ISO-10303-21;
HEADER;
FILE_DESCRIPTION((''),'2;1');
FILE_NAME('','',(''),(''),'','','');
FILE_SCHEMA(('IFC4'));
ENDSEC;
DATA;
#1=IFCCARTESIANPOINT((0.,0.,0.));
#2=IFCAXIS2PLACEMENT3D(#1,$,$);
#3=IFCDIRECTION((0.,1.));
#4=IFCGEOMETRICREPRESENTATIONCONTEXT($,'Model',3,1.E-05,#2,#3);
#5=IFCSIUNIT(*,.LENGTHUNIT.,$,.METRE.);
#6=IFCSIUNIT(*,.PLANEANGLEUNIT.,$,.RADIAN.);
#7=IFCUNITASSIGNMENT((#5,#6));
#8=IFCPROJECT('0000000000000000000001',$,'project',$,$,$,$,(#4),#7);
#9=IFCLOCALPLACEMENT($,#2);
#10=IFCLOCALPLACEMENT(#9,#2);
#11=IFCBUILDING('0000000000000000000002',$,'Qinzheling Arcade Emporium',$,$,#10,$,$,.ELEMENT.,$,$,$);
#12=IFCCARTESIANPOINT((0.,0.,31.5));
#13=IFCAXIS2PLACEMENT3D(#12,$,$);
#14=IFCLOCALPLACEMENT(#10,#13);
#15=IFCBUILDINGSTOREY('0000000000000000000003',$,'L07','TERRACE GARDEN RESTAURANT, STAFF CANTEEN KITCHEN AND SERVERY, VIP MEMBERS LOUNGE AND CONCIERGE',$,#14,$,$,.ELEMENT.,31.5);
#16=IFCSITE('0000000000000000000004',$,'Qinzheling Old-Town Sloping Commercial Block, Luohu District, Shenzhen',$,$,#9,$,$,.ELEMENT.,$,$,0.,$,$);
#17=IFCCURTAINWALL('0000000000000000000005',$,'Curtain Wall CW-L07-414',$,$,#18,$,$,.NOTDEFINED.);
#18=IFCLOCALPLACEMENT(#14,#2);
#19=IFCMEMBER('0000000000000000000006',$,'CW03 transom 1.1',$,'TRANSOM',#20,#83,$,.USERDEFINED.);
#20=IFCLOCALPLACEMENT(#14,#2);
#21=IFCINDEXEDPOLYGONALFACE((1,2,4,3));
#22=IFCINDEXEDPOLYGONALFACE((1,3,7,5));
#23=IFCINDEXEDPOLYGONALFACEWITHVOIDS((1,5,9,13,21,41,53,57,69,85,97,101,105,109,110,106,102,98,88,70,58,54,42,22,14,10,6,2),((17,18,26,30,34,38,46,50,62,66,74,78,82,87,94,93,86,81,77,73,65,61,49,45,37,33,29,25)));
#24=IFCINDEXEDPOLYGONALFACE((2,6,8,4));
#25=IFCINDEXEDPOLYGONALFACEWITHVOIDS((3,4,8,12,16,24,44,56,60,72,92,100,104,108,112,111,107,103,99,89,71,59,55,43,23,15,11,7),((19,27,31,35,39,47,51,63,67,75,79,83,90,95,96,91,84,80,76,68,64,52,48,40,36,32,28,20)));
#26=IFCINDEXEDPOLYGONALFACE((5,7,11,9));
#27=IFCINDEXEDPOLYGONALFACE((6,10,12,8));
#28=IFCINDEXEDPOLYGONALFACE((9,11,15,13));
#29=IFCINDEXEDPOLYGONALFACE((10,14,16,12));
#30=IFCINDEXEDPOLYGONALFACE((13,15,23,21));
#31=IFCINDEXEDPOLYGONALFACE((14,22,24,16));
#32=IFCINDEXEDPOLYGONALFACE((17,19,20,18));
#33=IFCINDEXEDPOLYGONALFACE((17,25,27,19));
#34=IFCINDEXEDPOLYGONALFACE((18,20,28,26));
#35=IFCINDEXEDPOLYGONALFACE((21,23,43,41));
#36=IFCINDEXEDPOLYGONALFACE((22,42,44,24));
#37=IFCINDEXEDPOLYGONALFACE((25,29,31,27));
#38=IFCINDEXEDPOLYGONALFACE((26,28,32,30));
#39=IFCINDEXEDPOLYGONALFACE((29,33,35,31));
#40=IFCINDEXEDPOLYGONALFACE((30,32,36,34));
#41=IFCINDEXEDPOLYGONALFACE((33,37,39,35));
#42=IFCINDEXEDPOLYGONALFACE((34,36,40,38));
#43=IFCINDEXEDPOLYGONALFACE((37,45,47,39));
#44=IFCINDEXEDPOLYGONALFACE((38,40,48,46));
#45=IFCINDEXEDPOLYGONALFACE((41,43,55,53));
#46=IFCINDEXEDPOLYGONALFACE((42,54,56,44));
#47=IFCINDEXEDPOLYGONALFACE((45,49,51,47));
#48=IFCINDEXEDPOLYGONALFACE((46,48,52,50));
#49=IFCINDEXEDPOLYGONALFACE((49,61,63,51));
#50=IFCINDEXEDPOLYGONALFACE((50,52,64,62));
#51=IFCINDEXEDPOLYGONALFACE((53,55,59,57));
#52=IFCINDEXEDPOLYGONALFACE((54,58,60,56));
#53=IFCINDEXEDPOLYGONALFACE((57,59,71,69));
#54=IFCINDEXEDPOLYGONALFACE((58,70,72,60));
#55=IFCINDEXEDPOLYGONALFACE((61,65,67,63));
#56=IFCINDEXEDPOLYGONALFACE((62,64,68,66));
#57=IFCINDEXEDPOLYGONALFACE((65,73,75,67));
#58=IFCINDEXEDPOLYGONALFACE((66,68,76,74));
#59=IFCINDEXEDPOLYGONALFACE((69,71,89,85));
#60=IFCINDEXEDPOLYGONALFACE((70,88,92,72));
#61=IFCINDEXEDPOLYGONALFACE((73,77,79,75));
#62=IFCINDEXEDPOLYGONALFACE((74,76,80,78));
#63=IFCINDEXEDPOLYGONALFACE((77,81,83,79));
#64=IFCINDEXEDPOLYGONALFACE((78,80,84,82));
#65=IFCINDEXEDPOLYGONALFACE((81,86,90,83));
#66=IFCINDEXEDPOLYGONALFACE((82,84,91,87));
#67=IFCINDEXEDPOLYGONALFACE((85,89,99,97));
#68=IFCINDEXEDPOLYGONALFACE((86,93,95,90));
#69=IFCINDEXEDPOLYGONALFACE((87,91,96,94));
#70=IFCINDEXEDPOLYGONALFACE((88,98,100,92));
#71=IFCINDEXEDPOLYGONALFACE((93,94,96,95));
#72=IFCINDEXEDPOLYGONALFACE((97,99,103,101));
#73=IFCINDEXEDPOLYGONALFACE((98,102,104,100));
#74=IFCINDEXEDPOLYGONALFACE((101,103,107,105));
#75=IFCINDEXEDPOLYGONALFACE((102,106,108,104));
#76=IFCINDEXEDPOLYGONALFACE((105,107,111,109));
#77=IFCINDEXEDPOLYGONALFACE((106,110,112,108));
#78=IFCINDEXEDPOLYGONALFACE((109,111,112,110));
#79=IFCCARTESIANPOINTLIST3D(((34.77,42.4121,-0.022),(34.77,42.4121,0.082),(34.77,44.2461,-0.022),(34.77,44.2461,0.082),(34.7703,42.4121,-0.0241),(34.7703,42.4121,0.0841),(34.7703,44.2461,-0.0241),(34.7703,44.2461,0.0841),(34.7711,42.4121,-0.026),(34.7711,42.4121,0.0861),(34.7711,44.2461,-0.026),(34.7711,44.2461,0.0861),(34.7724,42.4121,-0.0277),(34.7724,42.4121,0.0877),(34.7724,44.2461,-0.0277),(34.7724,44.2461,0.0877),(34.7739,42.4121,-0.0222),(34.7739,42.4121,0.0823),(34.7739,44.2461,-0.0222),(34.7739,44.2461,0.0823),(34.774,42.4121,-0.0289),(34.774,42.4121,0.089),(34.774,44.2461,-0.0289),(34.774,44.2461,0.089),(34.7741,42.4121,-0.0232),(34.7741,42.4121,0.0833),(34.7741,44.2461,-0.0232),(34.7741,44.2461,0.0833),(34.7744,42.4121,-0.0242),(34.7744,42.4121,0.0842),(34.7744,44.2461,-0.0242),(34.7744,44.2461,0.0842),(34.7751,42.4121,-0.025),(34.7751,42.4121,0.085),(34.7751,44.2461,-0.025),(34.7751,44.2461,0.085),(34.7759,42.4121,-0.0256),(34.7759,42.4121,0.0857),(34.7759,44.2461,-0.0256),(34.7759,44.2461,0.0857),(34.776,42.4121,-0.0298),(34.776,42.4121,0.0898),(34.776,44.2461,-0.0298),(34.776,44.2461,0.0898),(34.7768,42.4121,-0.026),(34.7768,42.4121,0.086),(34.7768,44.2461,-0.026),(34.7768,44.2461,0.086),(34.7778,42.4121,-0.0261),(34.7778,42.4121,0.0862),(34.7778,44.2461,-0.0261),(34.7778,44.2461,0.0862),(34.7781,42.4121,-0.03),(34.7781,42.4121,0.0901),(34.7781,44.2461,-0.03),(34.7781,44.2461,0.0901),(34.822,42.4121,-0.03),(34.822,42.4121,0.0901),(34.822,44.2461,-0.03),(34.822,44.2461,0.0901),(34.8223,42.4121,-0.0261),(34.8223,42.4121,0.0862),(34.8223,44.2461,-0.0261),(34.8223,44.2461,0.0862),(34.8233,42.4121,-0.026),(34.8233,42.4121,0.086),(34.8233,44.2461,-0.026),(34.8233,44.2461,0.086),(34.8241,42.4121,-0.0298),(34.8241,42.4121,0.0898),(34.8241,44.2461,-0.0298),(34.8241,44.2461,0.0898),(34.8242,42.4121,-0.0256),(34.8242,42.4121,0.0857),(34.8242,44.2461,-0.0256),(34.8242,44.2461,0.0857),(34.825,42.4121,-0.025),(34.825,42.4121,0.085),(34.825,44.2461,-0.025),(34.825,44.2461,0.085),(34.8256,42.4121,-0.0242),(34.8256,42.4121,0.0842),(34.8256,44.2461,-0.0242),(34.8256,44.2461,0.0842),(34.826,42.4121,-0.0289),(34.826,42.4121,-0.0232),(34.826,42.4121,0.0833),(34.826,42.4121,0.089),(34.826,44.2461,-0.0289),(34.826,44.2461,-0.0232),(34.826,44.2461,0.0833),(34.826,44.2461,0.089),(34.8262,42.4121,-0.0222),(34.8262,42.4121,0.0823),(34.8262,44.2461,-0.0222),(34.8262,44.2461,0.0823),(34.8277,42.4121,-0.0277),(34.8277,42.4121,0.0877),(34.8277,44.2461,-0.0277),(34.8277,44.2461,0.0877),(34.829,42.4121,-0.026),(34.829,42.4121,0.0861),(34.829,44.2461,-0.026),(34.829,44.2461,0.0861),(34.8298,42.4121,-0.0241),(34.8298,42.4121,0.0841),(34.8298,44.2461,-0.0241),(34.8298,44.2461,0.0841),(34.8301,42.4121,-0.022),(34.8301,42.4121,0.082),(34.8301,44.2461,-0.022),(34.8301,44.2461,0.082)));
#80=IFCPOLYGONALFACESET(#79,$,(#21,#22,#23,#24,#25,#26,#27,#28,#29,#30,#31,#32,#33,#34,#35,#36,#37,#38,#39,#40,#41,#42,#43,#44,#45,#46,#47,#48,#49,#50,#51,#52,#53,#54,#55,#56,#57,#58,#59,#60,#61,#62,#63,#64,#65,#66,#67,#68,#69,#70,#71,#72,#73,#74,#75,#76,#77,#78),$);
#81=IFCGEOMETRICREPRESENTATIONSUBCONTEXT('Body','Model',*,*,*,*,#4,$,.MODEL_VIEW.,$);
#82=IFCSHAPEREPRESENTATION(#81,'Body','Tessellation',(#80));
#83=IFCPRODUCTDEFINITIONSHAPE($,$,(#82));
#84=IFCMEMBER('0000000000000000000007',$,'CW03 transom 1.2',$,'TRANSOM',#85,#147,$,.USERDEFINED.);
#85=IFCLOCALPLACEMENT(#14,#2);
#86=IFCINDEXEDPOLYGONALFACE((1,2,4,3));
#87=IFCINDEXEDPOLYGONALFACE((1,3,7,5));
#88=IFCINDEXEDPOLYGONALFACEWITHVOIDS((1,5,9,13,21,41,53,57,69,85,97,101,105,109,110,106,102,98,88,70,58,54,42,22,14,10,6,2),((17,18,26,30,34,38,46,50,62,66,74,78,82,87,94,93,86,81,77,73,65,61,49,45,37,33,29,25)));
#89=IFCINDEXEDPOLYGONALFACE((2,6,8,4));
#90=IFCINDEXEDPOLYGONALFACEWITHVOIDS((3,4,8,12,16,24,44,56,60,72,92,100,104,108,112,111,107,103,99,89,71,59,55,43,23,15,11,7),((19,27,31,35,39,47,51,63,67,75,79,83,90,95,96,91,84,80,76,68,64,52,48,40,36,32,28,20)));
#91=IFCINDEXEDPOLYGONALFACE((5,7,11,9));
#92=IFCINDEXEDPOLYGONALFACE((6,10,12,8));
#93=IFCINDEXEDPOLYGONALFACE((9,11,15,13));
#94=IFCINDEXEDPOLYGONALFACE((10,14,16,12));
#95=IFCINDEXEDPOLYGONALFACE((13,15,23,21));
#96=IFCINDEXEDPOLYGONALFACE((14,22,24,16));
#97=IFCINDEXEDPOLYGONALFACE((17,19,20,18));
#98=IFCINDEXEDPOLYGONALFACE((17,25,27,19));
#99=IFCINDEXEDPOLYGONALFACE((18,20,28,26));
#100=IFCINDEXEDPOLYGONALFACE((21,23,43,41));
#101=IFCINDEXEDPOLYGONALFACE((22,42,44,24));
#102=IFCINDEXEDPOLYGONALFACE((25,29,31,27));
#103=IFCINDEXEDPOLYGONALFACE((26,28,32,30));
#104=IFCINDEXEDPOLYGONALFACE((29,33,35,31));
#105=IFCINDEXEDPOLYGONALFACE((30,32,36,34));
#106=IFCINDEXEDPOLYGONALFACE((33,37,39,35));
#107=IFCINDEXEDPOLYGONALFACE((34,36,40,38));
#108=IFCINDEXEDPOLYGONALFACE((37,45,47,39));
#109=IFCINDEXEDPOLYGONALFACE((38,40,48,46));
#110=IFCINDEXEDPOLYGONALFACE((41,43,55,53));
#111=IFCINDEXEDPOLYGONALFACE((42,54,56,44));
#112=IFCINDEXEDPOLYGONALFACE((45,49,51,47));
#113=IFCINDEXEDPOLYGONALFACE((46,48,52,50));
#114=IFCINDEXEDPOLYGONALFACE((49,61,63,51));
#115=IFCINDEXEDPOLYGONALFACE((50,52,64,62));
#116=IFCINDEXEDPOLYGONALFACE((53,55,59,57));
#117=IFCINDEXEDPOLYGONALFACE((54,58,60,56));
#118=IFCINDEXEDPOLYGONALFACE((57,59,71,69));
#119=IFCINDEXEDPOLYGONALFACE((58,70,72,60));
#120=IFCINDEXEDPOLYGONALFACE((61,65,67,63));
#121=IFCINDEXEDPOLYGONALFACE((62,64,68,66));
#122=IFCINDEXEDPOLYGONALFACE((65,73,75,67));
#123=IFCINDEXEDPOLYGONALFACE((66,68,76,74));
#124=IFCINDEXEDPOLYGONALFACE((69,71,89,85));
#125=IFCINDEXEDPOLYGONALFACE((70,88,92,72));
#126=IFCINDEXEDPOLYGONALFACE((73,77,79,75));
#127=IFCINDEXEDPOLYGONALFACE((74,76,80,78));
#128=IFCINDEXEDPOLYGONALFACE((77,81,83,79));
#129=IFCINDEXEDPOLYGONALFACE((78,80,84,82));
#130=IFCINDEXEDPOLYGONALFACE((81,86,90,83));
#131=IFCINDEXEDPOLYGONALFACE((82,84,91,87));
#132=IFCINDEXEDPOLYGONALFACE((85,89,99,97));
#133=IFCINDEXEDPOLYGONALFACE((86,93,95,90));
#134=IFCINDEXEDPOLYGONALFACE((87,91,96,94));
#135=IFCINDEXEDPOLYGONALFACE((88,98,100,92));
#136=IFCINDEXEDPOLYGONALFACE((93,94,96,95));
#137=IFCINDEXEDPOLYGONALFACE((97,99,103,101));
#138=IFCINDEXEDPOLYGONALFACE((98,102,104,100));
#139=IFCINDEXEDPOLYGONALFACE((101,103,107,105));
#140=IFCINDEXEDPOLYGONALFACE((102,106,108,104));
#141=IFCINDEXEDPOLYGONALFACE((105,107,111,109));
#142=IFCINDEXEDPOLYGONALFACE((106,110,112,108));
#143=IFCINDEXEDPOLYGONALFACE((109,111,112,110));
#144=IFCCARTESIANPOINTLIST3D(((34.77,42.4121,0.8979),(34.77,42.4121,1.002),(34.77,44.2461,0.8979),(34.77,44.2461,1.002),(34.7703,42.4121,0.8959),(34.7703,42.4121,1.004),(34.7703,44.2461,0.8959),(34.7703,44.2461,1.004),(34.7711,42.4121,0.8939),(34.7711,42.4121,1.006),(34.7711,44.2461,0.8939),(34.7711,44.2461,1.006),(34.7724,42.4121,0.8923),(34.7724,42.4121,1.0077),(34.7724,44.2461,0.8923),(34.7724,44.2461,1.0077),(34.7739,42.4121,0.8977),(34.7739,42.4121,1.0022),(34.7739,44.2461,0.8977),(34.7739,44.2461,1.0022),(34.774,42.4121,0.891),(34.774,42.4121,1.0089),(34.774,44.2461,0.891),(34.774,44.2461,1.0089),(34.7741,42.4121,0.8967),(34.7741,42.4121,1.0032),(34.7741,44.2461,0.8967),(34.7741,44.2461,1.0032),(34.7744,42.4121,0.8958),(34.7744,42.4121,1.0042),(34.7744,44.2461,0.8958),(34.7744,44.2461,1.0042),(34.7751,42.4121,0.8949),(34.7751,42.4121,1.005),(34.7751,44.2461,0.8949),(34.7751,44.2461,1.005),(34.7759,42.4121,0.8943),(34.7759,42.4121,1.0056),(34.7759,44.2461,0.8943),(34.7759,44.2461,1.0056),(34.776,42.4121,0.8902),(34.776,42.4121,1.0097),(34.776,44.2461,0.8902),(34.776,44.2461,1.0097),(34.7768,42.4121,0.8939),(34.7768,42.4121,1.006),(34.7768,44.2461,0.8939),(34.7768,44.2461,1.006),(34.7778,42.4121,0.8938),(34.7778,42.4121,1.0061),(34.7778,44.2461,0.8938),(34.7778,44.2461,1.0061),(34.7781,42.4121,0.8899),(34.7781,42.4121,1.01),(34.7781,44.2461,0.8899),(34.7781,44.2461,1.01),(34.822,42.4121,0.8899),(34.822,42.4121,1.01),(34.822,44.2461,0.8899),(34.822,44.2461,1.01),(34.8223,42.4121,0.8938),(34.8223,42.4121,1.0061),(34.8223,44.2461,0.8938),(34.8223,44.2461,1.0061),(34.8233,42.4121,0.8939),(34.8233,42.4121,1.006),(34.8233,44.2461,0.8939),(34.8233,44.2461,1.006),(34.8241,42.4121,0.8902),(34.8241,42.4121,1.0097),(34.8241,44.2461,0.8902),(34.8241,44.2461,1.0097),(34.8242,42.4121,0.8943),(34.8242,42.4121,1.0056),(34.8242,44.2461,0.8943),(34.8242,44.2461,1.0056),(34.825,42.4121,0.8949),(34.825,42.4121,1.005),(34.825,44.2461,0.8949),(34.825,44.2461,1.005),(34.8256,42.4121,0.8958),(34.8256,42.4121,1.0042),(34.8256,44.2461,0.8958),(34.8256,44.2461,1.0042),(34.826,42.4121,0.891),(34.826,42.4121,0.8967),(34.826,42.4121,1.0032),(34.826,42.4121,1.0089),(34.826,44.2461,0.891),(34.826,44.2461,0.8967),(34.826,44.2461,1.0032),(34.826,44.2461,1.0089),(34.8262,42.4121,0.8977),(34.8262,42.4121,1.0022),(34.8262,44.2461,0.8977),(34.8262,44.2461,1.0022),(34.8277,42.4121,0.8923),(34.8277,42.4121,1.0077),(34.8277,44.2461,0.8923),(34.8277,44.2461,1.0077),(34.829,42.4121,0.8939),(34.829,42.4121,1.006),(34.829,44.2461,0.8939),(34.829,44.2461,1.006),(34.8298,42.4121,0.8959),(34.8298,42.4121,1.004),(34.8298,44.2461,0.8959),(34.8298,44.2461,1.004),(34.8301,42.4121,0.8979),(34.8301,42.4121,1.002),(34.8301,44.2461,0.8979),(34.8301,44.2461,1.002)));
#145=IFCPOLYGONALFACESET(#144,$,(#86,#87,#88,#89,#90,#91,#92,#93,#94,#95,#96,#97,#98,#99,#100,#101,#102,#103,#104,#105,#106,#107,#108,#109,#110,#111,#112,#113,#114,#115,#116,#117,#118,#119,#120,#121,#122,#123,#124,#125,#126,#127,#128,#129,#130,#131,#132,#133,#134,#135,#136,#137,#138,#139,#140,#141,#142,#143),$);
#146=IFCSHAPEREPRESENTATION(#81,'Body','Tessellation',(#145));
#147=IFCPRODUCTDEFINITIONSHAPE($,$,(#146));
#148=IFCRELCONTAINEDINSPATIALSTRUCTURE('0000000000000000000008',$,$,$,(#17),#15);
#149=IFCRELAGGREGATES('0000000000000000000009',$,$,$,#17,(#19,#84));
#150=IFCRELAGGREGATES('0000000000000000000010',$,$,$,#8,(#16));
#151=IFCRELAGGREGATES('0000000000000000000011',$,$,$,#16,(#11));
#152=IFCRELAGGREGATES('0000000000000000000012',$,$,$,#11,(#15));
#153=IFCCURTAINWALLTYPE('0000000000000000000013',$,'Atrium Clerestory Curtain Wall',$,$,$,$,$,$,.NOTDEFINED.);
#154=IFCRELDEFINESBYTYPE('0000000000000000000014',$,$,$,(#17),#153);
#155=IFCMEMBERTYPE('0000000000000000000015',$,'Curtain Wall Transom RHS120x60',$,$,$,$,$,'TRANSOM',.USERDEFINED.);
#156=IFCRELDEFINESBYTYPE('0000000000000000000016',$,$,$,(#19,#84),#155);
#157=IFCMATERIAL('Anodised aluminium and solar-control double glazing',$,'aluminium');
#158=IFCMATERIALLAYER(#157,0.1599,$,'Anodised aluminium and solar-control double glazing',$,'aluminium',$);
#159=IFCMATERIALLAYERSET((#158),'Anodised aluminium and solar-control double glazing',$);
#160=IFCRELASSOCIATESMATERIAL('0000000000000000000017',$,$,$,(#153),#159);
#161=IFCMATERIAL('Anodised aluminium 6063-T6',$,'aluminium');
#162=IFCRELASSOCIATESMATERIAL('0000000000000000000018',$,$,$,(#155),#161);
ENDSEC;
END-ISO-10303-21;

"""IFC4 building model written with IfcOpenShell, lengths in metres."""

from ifc_helpers import new_model, si_unit, direction, frame, origin, origin_2d, place, context, subcontext, project, spatial, hollow_rectangle, extrude, material, layer, layer_set, material_profile, profile_set, type_object, element, aggregate, save


model = new_model("IFC4")

# Units and contexts
model_context = context("Model", 3, precision=1e-05, world=origin(), true_north=direction((0.0, 1.0)))
body_context = subcontext(model_context, "Body", "Model", "MODEL_VIEW")
ifc_project = project(units=[si_unit("LENGTHUNIT", "METRE"), si_unit("PLANEANGLEUNIT", "RADIAN")], contexts=[model_context])

# Site, building, storey
site_placement = place(None, origin())
site = spatial("IfcSite", under=ifc_project, at=site_placement, Name="Qinzheling Old-Town Sloping Commercial Block, Luohu District, Shenzhen", CompositionType="ELEMENT", RefElevation=0.0)
building_placement = place(site_placement, origin())
building = spatial("IfcBuilding", under=site, at=building_placement, Name="Qinzheling Arcade Emporium", CompositionType="ELEMENT")
storey_placement = place(building_placement, frame((0.0, 0.0, 31.5)))
storey = spatial("IfcBuildingStorey", under=building, at=storey_placement, Name="L07", Description="TERRACE GARDEN RESTAURANT, STAFF CANTEEN KITCHEN AND SERVERY, VIP MEMBERS LOUNGE AND CONCIERGE", CompositionType="ELEMENT", Elevation=31.5)

# Shared definitions
ifc_material_1 = material(Name="Anodised aluminium and solar-control double glazing", Category="aluminium")
ifc_layer_1 = layer(ifc_material_1, 0.1599, Name="Anodised aluminium and solar-control double glazing", Category="aluminium")
ifc_layer_set_1 = layer_set([ifc_layer_1], Name="Anodised aluminium and solar-control double glazing")
curtain_wall_type = type_object("IfcCurtainWallType", Name="Atrium Clerestory Curtain Wall", PredefinedType="NOTDEFINED", material=ifc_layer_set_1)
ifc_material_2 = material(Name="Anodised aluminium 6063-T6", Category="aluminium")

# Curtain wall, members
curtain_wall_1_placement = place(storey_placement, origin())
curtain_wall_1 = element("IfcCurtainWall", 1, at=curtain_wall_1_placement, inside=storey, type_object=curtain_wall_type, Name="Curtain Wall CW-L07-414", PredefinedType="NOTDEFINED")
ifc_material_profile_1 = material_profile(ifc_material_2, hollow_rectangle(XDim=0.0601, YDim=0.1201, WallThickness=0.0039, InnerFilletRadius=0.0039, OuterFilletRadius=0.0081, at=origin_2d()), Name="RHS 120x60x4", Category="aluminium")
ifc_profile_set_1 = profile_set([ifc_material_profile_1], Name="Anodised aluminium 6063-T6")
member_type_1 = type_object("IfcMemberType", Name="Curtain Wall Transom RHS120x60", ElementType="TRANSOM", PredefinedType="USERDEFINED", material=ifc_profile_set_1)
member_1_placement = place(storey_placement, frame((34.8, 42.4121, 0.03), z_axis=(0.0, 1.0, 0.0), x_axis=(-1.0, 0.0, 0.0)))
member_1 = element("IfcMember", 2, at=member_1_placement, type_object=member_type_1, Name="CW03 transom 1.1", ObjectType="TRANSOM", PredefinedType="USERDEFINED", context=body_context, shape_type="SweptSolid", body=[
    extrude(hollow_rectangle(XDim=0.0601, YDim=0.1201, WallThickness=0.0039, InnerFilletRadius=0.0039, OuterFilletRadius=0.0081, at=origin_2d()), origin(), (0.0, 0.0, 1.0), 1.834),
])
member_2_placement = place(storey_placement, frame((34.8, 42.4121, 0.95), z_axis=(0.0, 1.0, 0.0), x_axis=(-1.0, 0.0, 0.0)))
member_2 = element("IfcMember", 3, at=member_2_placement, type_object=member_type_1, Name="CW03 transom 1.2", ObjectType="TRANSOM", PredefinedType="USERDEFINED", context=body_context, shape_type="SweptSolid", body=[
    extrude(hollow_rectangle(XDim=0.0601, YDim=0.1201, WallThickness=0.0039, InnerFilletRadius=0.0039, OuterFilletRadius=0.0081, at=origin_2d()), origin(), (0.0, 0.0, 1.0), 1.834),
])

aggregate(curtain_wall_1, [member_1, member_2])

save(model, "model.ifc")
